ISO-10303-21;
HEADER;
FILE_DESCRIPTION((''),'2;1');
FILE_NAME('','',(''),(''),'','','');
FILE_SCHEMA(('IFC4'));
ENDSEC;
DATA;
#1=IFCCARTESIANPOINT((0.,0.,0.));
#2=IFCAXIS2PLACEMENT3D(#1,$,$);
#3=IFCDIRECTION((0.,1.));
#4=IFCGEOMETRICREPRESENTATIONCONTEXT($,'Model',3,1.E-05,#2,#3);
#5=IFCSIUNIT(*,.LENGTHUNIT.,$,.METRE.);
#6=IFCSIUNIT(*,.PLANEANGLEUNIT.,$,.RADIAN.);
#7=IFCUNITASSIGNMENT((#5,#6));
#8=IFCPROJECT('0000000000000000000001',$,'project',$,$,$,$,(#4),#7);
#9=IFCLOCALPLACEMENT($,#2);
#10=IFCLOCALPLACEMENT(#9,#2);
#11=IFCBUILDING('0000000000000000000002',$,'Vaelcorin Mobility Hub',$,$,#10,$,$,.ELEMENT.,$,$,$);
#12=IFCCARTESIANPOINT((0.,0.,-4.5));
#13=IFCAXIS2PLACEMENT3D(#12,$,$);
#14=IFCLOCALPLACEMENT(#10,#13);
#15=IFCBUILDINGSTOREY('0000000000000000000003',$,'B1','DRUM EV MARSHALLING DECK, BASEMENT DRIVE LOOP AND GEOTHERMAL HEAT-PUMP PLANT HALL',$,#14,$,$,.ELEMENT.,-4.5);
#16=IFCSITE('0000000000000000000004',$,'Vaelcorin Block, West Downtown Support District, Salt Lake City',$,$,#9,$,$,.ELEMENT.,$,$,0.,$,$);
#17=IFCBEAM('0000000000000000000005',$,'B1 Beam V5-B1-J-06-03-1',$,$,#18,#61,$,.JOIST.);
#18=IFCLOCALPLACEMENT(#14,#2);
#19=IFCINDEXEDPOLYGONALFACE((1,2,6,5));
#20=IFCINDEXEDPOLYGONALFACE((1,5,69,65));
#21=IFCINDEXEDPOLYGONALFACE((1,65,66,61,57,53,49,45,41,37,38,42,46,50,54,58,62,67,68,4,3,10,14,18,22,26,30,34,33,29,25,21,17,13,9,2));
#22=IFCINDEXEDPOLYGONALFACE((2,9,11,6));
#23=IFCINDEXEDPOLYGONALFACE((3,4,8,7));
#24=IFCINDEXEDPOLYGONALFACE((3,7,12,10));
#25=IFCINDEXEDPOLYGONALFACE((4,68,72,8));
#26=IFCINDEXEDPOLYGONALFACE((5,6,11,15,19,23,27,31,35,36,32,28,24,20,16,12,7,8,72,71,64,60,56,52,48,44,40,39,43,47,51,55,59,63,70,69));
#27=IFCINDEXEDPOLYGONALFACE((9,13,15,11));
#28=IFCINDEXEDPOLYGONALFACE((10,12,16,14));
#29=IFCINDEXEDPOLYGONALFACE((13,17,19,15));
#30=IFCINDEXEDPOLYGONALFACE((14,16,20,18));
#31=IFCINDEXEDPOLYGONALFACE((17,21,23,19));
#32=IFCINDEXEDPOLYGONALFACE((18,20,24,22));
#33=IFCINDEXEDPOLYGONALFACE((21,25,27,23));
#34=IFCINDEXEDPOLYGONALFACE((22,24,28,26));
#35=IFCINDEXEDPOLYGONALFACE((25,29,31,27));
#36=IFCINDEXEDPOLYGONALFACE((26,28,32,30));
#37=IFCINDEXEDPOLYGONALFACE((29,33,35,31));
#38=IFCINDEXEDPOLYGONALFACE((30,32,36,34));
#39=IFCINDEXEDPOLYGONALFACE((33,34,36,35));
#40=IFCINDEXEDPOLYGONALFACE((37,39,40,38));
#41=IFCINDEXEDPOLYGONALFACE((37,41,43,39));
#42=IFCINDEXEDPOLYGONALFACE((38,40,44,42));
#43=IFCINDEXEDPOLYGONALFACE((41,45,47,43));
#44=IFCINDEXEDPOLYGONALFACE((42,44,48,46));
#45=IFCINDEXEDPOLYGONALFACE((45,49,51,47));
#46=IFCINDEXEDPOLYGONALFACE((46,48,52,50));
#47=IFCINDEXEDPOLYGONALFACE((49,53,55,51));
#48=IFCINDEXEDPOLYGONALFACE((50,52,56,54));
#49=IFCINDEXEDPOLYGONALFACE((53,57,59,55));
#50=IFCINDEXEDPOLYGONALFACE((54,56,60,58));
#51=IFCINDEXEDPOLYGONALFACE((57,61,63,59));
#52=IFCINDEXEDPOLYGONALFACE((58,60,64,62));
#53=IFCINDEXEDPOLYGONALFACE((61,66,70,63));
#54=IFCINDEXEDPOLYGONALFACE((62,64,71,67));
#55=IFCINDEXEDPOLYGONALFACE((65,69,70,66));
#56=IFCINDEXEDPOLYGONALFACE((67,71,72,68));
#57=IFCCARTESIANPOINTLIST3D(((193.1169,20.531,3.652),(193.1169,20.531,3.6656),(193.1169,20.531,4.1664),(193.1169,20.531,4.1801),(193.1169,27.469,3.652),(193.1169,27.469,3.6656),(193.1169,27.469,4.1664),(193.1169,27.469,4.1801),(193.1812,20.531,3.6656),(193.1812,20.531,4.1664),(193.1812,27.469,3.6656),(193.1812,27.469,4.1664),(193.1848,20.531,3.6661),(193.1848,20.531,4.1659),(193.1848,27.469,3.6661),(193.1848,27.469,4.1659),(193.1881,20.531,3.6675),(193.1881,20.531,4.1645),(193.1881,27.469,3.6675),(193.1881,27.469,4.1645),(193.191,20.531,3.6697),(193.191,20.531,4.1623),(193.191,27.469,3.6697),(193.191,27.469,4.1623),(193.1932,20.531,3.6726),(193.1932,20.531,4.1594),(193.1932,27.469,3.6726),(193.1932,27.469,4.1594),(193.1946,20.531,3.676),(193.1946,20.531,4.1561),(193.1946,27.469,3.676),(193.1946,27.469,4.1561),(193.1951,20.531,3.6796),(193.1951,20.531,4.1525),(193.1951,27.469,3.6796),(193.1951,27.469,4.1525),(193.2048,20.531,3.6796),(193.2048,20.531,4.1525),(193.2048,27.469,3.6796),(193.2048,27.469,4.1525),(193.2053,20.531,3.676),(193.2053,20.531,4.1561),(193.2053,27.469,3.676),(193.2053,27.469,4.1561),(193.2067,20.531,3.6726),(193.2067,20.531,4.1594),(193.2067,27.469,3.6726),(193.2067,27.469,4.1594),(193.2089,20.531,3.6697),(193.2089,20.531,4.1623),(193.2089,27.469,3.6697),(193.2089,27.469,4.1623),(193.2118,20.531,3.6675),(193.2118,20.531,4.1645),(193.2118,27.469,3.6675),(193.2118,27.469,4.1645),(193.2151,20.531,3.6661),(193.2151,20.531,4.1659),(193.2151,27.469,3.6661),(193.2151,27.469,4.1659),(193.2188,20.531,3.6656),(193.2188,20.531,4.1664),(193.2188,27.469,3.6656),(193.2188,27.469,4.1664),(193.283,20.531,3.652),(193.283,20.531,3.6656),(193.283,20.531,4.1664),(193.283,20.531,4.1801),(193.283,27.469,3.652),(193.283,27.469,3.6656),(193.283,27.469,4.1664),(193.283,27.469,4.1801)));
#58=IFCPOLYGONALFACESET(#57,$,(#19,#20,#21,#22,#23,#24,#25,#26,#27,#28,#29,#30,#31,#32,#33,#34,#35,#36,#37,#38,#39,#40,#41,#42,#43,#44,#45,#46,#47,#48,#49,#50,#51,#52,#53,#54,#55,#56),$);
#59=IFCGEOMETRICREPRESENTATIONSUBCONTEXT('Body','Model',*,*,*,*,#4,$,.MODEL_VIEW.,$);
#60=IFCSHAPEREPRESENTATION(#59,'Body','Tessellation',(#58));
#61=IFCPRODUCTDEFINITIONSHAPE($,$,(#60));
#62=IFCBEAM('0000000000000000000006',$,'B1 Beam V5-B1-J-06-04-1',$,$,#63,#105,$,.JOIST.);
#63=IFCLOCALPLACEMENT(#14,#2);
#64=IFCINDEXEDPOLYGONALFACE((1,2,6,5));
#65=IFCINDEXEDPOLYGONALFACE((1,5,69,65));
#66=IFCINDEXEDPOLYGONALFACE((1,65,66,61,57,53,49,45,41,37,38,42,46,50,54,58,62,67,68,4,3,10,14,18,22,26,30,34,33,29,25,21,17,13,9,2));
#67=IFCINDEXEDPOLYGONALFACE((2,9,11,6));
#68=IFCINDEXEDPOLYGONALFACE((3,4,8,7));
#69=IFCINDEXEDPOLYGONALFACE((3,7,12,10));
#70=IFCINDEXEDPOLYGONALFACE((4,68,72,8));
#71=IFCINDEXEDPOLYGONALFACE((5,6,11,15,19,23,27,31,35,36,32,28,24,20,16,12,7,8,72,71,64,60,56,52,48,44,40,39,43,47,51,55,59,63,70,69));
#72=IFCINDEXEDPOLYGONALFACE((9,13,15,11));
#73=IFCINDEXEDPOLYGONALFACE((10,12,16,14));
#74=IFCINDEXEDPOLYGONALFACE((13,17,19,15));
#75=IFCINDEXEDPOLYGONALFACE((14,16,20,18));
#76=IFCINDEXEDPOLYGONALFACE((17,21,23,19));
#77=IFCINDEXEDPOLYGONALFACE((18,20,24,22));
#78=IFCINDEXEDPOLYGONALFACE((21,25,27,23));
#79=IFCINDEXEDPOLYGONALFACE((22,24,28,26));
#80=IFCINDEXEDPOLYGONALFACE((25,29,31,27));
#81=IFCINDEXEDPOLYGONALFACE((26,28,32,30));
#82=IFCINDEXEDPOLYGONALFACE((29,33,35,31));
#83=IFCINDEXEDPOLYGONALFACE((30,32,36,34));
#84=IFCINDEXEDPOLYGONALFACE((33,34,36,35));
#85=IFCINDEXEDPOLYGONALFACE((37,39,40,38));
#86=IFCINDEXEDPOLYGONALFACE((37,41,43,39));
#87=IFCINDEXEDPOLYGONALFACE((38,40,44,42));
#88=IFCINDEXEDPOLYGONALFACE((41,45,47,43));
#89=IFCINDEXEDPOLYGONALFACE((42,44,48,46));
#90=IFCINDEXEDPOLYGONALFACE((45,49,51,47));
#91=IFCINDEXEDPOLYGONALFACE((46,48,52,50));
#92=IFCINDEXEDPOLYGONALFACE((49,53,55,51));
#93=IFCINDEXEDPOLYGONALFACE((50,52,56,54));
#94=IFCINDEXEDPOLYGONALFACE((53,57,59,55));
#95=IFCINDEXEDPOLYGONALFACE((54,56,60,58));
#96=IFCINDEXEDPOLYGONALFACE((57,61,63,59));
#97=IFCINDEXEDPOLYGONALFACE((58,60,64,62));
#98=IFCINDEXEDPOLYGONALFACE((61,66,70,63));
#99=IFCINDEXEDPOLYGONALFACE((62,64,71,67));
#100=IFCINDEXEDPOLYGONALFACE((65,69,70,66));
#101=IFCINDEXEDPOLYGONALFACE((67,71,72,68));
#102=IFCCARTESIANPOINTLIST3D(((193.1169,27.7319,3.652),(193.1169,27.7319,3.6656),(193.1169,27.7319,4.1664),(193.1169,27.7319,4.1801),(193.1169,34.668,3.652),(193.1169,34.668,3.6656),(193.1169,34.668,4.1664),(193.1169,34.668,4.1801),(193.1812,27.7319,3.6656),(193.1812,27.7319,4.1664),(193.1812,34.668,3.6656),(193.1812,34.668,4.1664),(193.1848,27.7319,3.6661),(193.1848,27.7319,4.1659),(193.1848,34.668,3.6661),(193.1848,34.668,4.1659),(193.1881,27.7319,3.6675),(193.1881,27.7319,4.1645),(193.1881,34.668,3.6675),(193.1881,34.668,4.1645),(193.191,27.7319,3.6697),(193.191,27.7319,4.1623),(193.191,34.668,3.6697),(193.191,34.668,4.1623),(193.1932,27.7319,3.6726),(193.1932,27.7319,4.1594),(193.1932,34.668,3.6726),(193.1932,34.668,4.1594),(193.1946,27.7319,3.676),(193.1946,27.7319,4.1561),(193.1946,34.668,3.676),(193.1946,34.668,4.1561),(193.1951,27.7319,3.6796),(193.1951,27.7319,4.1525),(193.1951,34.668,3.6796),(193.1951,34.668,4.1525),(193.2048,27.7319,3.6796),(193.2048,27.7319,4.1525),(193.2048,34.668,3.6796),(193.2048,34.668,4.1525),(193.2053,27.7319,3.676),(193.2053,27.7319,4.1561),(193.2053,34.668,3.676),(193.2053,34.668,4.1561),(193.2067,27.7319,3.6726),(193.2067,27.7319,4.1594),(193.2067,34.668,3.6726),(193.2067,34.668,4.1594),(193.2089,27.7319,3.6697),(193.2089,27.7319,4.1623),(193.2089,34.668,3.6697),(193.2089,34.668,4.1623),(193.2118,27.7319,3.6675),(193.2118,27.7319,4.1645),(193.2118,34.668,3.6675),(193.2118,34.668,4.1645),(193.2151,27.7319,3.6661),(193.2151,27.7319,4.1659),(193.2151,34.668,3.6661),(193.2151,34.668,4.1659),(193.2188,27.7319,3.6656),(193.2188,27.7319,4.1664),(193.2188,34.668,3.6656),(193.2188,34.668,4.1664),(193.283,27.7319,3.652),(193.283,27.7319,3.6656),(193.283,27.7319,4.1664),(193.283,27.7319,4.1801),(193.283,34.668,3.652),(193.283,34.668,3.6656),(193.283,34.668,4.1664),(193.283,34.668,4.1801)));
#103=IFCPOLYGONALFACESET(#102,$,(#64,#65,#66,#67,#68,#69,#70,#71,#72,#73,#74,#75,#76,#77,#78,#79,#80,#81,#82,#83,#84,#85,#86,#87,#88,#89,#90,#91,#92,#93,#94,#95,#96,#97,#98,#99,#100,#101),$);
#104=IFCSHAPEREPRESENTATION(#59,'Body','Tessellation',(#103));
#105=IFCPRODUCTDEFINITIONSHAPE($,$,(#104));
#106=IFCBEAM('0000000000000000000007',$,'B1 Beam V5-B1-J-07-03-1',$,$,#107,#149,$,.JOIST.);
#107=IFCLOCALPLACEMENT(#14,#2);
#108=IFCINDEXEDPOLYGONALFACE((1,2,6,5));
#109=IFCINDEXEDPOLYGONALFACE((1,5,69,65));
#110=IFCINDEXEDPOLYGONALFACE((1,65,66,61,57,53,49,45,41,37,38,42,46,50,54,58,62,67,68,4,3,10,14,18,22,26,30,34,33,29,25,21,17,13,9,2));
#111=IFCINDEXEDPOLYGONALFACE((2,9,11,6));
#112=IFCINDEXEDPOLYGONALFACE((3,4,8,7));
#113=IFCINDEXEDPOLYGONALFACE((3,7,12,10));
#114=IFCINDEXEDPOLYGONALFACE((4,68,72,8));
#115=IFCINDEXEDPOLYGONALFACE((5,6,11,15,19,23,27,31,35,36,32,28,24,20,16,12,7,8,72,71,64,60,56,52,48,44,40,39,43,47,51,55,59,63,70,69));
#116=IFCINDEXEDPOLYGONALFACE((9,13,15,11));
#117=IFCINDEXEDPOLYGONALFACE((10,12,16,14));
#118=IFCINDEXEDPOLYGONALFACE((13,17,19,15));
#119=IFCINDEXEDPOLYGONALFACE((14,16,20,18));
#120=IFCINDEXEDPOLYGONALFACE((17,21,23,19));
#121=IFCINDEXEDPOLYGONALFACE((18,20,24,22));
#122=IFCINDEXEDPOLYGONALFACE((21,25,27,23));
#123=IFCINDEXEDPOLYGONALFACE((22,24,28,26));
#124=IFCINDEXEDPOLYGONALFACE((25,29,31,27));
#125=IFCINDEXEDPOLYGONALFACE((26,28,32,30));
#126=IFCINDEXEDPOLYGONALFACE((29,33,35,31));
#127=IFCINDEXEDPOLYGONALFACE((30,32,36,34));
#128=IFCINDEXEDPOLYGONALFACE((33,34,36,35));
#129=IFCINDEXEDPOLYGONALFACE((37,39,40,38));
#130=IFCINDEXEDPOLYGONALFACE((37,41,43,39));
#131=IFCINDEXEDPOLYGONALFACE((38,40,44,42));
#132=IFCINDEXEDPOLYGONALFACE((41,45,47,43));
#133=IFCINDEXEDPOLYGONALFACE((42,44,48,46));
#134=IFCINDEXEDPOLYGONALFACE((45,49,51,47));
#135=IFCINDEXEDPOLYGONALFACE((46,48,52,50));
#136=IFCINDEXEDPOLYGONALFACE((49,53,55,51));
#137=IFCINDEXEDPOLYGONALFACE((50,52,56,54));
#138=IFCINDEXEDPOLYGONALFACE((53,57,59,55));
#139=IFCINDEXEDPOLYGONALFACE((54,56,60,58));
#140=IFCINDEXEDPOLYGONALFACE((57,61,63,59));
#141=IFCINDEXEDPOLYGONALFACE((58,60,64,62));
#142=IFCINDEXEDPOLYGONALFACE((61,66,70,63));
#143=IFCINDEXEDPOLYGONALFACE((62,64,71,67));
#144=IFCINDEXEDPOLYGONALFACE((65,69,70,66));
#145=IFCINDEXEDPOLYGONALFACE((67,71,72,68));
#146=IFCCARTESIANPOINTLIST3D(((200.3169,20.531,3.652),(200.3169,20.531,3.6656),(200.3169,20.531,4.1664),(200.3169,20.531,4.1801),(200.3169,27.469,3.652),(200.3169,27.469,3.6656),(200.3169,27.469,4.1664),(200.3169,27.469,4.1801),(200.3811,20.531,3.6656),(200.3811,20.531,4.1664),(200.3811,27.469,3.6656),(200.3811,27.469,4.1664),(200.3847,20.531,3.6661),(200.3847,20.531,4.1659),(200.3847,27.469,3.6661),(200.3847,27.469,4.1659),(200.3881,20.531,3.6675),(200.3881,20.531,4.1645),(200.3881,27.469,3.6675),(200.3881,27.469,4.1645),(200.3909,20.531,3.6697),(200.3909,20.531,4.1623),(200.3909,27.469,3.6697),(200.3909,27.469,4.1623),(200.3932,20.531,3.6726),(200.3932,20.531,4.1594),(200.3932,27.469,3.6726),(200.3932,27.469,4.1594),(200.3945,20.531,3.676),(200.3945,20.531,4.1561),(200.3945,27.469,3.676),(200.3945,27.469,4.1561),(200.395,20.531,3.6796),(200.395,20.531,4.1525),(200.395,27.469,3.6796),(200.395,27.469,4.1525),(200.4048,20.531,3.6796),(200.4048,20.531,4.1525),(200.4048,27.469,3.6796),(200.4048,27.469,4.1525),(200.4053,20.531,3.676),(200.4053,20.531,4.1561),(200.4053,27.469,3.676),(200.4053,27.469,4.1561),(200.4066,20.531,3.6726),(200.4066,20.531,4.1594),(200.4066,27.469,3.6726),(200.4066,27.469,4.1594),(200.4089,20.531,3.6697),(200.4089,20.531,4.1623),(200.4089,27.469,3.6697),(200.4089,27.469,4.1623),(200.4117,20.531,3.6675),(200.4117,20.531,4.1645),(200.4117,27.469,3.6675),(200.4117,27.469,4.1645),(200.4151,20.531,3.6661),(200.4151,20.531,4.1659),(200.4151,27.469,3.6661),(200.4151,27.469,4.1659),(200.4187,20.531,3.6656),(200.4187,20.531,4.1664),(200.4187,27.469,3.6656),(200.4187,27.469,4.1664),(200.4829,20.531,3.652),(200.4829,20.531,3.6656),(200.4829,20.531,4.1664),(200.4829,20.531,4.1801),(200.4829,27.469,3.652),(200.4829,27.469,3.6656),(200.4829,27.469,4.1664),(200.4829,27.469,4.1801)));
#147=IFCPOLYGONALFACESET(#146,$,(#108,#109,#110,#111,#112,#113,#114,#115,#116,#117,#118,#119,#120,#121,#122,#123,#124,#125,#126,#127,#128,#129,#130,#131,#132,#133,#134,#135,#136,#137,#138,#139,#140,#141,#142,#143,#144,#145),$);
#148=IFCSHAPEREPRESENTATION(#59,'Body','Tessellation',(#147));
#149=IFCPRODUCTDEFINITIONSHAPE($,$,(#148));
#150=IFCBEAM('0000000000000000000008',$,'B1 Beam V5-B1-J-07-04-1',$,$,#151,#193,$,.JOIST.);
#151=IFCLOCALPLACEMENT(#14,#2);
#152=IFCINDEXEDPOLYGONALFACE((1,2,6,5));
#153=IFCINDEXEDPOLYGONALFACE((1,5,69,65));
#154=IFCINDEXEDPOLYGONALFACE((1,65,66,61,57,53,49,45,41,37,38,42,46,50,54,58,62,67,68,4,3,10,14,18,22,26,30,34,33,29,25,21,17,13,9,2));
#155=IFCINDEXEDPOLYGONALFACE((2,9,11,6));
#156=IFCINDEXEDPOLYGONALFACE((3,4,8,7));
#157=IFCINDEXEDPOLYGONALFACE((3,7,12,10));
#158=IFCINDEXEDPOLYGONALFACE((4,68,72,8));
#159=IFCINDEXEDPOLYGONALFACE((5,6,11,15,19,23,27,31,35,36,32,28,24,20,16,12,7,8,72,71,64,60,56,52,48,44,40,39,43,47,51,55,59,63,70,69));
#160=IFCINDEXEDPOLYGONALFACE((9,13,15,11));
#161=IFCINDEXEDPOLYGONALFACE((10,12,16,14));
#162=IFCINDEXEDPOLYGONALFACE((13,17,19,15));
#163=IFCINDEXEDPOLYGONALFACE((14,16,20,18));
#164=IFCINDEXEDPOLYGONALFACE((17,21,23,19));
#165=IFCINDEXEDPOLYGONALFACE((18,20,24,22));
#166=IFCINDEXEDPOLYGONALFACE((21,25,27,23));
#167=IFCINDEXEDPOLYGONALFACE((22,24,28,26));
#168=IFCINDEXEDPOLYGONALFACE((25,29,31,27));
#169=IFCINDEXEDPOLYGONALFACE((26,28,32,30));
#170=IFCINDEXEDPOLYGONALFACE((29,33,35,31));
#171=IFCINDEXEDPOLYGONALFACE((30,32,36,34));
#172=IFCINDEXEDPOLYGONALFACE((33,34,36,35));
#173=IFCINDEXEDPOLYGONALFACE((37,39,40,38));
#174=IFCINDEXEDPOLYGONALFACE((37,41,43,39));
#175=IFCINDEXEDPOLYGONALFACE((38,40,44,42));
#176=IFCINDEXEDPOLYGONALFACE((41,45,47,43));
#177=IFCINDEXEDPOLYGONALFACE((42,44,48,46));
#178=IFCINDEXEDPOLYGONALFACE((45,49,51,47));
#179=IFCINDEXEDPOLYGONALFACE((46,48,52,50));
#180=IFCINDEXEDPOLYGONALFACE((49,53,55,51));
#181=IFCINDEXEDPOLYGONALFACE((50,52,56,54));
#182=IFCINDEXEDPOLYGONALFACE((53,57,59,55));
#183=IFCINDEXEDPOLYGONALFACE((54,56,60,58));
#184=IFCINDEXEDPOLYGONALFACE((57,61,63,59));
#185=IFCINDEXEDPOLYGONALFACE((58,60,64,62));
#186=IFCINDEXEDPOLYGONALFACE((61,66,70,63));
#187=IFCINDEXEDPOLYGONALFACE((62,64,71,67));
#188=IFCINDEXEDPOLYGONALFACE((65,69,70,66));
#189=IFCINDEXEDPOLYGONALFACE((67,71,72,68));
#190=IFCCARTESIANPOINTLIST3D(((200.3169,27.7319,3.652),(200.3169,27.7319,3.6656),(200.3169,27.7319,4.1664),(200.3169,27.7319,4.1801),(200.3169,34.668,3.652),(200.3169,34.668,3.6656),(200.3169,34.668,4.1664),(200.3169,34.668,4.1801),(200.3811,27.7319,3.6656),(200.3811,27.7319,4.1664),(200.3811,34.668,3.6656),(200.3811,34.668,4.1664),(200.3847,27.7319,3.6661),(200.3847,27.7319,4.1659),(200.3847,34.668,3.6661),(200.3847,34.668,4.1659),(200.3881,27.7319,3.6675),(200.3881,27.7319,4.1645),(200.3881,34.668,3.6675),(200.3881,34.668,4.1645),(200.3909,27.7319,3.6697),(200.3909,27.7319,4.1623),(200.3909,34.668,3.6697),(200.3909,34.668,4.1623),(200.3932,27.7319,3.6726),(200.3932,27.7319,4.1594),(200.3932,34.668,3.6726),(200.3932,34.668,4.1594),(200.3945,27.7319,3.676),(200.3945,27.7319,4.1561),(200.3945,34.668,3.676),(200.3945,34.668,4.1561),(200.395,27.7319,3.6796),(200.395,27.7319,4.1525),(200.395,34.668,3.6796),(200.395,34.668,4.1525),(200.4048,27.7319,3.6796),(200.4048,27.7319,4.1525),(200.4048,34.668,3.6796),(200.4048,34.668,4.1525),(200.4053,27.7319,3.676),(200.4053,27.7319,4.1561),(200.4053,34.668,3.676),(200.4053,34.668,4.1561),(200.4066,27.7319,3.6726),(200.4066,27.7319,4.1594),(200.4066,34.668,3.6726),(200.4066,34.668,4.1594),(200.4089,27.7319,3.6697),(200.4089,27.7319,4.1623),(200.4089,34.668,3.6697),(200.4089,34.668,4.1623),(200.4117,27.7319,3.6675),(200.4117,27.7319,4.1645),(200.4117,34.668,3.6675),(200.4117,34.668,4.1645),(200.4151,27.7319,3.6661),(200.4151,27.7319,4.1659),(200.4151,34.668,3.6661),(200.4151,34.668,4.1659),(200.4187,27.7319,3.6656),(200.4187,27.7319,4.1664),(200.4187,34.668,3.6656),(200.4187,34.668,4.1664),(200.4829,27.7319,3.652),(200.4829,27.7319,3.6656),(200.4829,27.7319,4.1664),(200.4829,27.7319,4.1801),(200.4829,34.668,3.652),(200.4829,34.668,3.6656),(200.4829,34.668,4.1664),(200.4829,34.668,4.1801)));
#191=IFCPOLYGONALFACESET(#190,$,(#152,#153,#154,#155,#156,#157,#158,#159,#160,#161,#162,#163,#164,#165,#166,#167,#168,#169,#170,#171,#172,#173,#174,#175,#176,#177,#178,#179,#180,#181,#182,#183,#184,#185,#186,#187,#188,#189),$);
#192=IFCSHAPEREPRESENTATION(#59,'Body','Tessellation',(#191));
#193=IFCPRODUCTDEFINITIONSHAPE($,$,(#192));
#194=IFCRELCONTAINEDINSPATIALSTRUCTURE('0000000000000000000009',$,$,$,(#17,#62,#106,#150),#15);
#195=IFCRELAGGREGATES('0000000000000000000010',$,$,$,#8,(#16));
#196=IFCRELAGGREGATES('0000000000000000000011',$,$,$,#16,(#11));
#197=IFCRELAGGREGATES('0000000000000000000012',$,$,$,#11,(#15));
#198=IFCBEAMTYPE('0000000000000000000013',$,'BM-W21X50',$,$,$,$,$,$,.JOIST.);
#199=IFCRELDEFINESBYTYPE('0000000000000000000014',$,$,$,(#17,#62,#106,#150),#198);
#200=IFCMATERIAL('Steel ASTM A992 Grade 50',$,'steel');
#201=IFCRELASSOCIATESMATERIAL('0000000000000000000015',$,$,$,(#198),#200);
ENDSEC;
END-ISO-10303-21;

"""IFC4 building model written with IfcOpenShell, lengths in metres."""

from ifc_helpers import new_model, si_unit, direction, frame, origin, origin_2d, place, context, subcontext, project, spatial, i_section, extrude, material, material_profile, profile_set, type_object, element, save


model = new_model("IFC4")

# Units and contexts
model_context = context("Model", 3, precision=1e-05, world=origin(), true_north=direction((0.0, 1.0)))
body_context = subcontext(model_context, "Body", "Model", "MODEL_VIEW")
ifc_project = project(units=[si_unit("LENGTHUNIT", "METRE"), si_unit("PLANEANGLEUNIT", "RADIAN")], contexts=[model_context])

# Site, building, storey
site_placement = place(None, origin())
site = spatial("IfcSite", under=ifc_project, at=site_placement, Name="Vaelcorin Block, West Downtown Support District, Salt Lake City", CompositionType="ELEMENT", RefElevation=0.0)
building_placement = place(site_placement, origin())
building = spatial("IfcBuilding", under=site, at=building_placement, Name="Vaelcorin Mobility Hub", CompositionType="ELEMENT")
storey_placement = place(building_placement, frame((0.0, 0.0, -4.5)))
storey = spatial("IfcBuildingStorey", under=building, at=storey_placement, Name="B1", Description="DRUM EV MARSHALLING DECK, BASEMENT DRIVE LOOP AND GEOTHERMAL HEAT-PUMP PLANT HALL", CompositionType="ELEMENT", Elevation=-4.5)

# Shared definitions
ifc_material_1 = material(Name="Steel ASTM A992 Grade 50", Category="steel")

# Beams
ifc_material_profile_1 = material_profile(ifc_material_1, i_section(OverallWidth=0.166, OverallDepth=0.5281, WebThickness=0.0098, FlangeThickness=0.0137, FilletRadius=0.0139, at=origin_2d()), Name="W21X50")
ifc_profile_set_1 = profile_set([ifc_material_profile_1], Name="Steel ASTM A992 Grade 50")
beam_type_1 = type_object("IfcBeamType", Name="BM-W21X50", PredefinedType="JOIST", material=ifc_profile_set_1)
beam_1_placement = place(storey_placement, frame((193.2, 20.531, 3.916), z_axis=(0.0, 1.0, 0.0), x_axis=(-1.0, 0.0, 0.0)))
element("IfcBeam", 1, at=beam_1_placement, inside=storey, type_object=beam_type_1, Name="B1 Beam V5-B1-J-06-03-1", PredefinedType="JOIST", context=body_context, shape_type="SweptSolid", body=[
    extrude(i_section(OverallWidth=0.166, OverallDepth=0.5281, WebThickness=0.0098, FlangeThickness=0.0137, FilletRadius=0.0139, at=origin_2d()), origin(), (0.0, 0.0, 1.0), 6.938),
])
beam_2_placement = place(storey_placement, frame((193.2, 27.7319, 3.916), z_axis=(0.0, 1.0, 0.0), x_axis=(-1.0, 0.0, 0.0)))
element("IfcBeam", 2, at=beam_2_placement, inside=storey, type_object=beam_type_1, Name="B1 Beam V5-B1-J-06-04-1", PredefinedType="JOIST", context=body_context, shape_type="SweptSolid", body=[
    extrude(i_section(OverallWidth=0.166, OverallDepth=0.5281, WebThickness=0.0098, FlangeThickness=0.0137, FilletRadius=0.0139, at=origin_2d()), origin(), (0.0, 0.0, 1.0), 6.936),
])
beam_3_placement = place(storey_placement, frame((200.3999, 20.531, 3.916), z_axis=(0.0, 1.0, 0.0), x_axis=(-1.0, 0.0, 0.0)))
element("IfcBeam", 3, at=beam_3_placement, inside=storey, type_object=beam_type_1, Name="B1 Beam V5-B1-J-07-03-1", PredefinedType="JOIST", context=body_context, shape_type="SweptSolid", body=[
    extrude(i_section(OverallWidth=0.166, OverallDepth=0.5281, WebThickness=0.0098, FlangeThickness=0.0137, FilletRadius=0.0139, at=origin_2d()), origin(), (0.0, 0.0, 1.0), 6.938),
])
beam_4_placement = place(storey_placement, frame((200.3999, 27.7319, 3.916), z_axis=(0.0, 1.0, 0.0), x_axis=(-1.0, 0.0, 0.0)))
element("IfcBeam", 4, at=beam_4_placement, inside=storey, type_object=beam_type_1, Name="B1 Beam V5-B1-J-07-04-1", PredefinedType="JOIST", context=body_context, shape_type="SweptSolid", body=[
    extrude(i_section(OverallWidth=0.166, OverallDepth=0.5281, WebThickness=0.0098, FlangeThickness=0.0137, FilletRadius=0.0139, at=origin_2d()), origin(), (0.0, 0.0, 1.0), 6.936),
])

save(model, "model.ifc")
